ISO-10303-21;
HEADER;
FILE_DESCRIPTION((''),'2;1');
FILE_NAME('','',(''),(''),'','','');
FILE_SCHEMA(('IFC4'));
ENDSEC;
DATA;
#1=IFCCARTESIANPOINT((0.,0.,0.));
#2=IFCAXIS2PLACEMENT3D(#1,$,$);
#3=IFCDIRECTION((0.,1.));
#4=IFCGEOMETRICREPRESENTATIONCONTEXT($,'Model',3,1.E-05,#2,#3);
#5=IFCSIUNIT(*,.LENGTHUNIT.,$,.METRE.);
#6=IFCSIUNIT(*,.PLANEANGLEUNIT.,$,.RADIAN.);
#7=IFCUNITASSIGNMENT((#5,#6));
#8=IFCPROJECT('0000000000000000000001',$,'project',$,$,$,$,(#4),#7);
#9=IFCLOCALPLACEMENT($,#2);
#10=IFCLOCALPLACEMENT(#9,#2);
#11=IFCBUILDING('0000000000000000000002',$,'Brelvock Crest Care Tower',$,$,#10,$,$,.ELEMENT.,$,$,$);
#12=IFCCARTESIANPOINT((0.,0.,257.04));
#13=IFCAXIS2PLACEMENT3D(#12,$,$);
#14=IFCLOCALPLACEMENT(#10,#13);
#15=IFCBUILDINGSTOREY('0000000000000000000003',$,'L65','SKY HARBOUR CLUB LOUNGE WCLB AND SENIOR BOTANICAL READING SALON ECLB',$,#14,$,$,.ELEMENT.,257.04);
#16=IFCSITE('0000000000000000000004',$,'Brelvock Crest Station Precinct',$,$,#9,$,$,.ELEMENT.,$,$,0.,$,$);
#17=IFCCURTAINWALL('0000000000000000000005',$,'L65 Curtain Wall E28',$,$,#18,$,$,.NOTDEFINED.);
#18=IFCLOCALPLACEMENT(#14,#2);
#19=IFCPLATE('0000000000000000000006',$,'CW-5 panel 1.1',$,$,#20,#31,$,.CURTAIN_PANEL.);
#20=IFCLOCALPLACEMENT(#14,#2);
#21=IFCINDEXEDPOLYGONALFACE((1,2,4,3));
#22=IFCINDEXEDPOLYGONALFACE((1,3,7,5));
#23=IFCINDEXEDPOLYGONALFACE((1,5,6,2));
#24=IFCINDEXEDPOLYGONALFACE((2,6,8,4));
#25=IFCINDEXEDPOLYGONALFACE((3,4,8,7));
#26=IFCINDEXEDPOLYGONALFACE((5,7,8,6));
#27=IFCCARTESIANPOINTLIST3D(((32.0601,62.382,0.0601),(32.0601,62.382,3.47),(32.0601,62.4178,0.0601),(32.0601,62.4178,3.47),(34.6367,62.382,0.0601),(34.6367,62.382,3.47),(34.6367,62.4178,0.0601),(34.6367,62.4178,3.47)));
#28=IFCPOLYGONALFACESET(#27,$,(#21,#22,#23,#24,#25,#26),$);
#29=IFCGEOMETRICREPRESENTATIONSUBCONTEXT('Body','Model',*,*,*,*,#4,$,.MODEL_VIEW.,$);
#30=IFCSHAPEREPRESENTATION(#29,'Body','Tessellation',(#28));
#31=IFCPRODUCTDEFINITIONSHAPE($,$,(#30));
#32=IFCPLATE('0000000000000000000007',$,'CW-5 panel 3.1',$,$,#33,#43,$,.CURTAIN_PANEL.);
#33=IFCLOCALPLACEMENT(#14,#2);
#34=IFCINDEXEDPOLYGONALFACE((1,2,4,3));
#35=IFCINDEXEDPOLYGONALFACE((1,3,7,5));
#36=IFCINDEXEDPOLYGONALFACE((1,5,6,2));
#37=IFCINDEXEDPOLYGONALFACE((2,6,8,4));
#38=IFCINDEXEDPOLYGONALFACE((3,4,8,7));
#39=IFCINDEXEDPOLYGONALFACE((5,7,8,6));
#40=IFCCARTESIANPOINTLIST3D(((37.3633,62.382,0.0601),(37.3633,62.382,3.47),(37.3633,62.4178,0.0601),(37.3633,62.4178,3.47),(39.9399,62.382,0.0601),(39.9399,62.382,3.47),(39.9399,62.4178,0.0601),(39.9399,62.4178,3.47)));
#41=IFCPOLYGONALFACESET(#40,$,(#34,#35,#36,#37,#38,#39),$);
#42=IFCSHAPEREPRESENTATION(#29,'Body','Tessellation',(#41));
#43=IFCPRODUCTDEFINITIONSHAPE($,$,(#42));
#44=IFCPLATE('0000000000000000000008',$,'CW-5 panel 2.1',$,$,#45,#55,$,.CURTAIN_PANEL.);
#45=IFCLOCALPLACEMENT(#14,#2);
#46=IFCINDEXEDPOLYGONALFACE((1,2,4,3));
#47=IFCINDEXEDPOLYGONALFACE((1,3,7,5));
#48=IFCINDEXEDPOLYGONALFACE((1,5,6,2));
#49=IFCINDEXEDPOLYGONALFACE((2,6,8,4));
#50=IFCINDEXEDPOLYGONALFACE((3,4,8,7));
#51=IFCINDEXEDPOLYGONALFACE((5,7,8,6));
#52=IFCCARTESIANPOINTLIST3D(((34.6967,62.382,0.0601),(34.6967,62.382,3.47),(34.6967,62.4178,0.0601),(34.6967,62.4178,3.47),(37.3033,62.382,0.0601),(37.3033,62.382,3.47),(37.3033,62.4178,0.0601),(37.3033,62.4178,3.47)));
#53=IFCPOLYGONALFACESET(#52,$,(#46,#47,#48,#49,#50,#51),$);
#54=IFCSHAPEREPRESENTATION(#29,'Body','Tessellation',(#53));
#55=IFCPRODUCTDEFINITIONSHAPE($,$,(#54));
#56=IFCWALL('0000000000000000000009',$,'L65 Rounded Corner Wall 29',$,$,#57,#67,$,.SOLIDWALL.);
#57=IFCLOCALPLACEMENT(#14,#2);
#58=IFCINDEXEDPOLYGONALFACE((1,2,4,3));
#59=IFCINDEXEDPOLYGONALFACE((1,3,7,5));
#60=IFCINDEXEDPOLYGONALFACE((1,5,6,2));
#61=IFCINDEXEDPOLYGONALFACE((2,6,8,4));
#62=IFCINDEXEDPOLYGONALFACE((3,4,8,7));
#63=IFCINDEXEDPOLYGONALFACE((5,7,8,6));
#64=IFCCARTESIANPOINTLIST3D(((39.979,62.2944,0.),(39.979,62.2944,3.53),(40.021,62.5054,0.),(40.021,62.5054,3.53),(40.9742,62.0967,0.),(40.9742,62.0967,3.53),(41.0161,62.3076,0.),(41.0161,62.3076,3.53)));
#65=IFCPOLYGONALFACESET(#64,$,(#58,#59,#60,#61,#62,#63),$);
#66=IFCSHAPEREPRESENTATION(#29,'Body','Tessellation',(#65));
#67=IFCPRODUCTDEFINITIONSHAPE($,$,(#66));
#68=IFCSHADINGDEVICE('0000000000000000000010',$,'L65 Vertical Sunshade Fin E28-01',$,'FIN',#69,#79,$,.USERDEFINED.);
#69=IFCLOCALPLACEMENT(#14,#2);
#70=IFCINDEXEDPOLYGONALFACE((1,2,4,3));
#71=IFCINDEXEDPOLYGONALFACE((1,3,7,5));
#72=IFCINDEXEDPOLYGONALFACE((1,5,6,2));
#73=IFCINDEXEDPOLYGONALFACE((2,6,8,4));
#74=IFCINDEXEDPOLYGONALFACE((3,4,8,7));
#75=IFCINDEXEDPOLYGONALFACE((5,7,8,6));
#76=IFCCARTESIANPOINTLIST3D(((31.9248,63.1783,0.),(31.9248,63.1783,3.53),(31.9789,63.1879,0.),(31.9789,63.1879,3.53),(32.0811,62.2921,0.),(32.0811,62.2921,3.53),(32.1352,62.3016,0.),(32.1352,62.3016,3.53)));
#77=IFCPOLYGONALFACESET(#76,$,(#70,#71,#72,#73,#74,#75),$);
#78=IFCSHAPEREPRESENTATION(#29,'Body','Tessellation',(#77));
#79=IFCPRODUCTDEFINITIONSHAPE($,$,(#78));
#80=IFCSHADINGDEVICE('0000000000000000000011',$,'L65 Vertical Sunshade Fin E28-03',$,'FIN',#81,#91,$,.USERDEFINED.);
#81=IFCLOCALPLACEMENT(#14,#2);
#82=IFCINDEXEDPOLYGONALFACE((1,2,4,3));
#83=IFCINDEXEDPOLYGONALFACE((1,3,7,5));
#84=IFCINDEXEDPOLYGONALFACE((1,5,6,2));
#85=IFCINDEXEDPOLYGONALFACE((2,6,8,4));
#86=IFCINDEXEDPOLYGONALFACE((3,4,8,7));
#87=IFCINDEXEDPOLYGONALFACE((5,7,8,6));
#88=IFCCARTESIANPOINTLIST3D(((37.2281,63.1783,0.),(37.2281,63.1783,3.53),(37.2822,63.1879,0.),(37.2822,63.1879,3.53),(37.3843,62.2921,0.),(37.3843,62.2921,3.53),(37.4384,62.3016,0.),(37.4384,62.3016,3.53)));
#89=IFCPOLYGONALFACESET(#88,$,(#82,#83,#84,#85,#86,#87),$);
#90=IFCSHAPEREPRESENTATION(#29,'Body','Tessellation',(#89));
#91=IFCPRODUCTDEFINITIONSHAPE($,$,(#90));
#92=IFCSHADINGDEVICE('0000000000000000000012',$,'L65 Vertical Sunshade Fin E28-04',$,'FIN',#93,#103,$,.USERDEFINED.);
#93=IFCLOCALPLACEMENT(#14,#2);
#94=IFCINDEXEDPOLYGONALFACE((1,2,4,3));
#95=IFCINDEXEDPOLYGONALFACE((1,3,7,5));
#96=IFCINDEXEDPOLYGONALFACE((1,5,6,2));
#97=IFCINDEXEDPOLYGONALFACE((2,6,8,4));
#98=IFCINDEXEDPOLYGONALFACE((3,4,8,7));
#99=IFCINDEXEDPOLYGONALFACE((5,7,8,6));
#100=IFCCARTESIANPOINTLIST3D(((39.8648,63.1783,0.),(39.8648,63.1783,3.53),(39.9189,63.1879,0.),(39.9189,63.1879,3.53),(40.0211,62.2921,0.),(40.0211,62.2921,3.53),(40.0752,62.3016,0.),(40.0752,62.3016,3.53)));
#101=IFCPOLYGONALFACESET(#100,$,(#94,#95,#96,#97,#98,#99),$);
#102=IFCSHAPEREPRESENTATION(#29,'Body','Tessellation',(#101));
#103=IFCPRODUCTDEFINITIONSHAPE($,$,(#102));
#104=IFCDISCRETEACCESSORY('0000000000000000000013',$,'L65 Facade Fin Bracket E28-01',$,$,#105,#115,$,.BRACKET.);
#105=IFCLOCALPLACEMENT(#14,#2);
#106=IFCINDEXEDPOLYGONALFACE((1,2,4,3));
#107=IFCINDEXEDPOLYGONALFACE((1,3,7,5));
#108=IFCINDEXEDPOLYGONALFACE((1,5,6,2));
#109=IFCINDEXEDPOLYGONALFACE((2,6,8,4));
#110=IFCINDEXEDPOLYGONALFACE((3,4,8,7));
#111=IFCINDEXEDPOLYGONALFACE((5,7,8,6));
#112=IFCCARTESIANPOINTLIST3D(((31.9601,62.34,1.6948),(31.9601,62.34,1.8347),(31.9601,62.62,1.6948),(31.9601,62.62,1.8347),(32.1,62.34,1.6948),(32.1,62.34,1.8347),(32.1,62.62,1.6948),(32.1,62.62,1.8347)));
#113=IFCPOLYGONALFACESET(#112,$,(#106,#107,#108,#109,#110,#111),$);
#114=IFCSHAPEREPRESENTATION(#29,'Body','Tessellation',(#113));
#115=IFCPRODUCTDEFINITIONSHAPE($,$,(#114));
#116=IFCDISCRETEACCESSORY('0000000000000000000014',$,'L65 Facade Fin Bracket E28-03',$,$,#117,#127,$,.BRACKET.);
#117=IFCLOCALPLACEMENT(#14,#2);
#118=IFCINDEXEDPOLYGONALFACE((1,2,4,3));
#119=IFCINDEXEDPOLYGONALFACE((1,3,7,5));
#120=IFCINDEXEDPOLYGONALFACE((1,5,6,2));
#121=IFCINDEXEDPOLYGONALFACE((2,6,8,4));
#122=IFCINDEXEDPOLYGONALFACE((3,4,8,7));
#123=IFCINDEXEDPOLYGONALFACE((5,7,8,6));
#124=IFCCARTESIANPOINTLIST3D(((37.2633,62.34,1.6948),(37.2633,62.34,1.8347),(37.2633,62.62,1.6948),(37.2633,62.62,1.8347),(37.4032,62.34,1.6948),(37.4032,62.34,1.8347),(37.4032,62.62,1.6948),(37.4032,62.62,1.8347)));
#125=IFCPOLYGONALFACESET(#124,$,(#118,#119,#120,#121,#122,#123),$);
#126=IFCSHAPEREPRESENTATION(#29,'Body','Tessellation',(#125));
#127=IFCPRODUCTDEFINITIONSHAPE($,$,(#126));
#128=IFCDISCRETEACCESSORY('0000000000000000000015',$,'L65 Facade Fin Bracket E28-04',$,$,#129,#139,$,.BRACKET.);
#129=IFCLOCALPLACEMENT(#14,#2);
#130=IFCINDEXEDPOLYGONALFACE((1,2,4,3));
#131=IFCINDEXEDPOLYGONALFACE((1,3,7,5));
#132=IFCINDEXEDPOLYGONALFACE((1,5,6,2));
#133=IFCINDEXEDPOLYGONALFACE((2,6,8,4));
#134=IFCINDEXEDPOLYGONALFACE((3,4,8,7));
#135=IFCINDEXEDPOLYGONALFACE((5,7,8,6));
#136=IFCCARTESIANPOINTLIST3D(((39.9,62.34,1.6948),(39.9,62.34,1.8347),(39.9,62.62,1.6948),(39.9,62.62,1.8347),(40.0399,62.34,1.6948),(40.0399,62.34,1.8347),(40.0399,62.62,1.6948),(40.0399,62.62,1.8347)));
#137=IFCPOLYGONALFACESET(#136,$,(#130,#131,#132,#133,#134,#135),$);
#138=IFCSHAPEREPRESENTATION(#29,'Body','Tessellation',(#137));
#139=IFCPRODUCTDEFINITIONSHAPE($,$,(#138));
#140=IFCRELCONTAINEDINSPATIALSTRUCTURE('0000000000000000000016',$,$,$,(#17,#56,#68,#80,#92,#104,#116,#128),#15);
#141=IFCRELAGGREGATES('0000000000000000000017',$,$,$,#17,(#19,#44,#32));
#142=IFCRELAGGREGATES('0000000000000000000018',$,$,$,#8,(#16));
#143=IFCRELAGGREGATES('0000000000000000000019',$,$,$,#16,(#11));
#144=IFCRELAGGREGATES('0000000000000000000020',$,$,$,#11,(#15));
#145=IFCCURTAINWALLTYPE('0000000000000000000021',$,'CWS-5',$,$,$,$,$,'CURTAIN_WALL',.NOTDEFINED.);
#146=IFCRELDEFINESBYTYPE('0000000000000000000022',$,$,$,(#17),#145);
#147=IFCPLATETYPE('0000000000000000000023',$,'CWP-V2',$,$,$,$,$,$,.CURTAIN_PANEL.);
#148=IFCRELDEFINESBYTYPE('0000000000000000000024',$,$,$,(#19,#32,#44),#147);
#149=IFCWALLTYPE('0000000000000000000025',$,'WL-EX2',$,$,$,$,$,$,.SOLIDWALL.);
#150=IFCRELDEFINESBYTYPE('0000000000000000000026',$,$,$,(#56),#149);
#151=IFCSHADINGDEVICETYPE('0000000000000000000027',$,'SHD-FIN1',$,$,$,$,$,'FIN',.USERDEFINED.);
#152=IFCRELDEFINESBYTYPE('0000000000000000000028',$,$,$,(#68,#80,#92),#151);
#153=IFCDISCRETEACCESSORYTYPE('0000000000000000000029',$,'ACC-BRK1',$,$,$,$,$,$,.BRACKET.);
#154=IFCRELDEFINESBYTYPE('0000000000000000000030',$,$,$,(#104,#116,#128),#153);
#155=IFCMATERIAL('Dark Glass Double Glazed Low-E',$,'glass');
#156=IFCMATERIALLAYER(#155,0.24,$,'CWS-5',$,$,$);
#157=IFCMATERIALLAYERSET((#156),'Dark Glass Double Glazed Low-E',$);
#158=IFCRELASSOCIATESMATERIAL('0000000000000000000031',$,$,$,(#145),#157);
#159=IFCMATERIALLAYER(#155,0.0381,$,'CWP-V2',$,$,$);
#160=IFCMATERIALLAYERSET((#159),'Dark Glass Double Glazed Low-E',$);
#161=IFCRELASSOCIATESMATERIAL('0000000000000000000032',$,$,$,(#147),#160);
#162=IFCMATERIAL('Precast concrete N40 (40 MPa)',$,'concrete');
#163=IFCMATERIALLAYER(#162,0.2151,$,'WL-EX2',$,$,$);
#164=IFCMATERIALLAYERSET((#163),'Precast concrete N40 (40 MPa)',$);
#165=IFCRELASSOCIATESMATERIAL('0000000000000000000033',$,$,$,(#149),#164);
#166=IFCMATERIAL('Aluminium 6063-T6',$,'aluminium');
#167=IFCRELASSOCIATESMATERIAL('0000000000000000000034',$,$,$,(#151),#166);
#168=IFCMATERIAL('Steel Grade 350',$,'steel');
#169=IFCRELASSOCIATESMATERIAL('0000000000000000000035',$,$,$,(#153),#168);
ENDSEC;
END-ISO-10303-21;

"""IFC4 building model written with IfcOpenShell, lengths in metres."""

from ifc_helpers import new_model, si_unit, direction, frame, frame_2d, origin, origin_2d, place, context, subcontext, project, spatial, rectangle, extrude, source, transform, mapped, material, layer, layer_set, material_profile, profile_set, type_object, element, aggregate, save


model = new_model("IFC4")

# Units and contexts
model_context = context("Model", 3, precision=1e-05, world=origin(), true_north=direction((0.0, 1.0)))
body_context = subcontext(model_context, "Body", "Model", "MODEL_VIEW")
ifc_project = project(units=[si_unit("LENGTHUNIT", "METRE"), si_unit("PLANEANGLEUNIT", "RADIAN")], contexts=[model_context])

# Site, building, storey
site_placement = place(None, origin())
site = spatial("IfcSite", under=ifc_project, at=site_placement, Name="Brelvock Crest Station Precinct", CompositionType="ELEMENT", RefElevation=0.0)
building_placement = place(site_placement, origin())
building = spatial("IfcBuilding", under=site, at=building_placement, Name="Brelvock Crest Care Tower", CompositionType="ELEMENT")
storey_placement = place(building_placement, frame((0.0, 0.0, 257.04)))
storey = spatial("IfcBuildingStorey", under=building, at=storey_placement, Name="L65", Description="SKY HARBOUR CLUB LOUNGE WCLB AND SENIOR BOTANICAL READING SALON ECLB", CompositionType="ELEMENT", Elevation=257.04)

# Shared definitions
ifc_material_1 = material(Name="Steel Grade 350", Category="steel")

# Curtain wall, plates
ifc_material_2 = material(Name="Dark Glass Double Glazed Low-E", Category="glass")
ifc_layer_1 = layer(ifc_material_2, 0.24, Name="CWS-5")
ifc_layer_set_1 = layer_set([ifc_layer_1], Name="Dark Glass Double Glazed Low-E")
curtain_wall_type = type_object("IfcCurtainWallType", Name="CWS-5", ElementType="CURTAIN_WALL", PredefinedType="NOTDEFINED", material=ifc_layer_set_1)
curtain_wall_placement = place(storey_placement, origin())
curtain_wall = element("IfcCurtainWall", 1, at=curtain_wall_placement, inside=storey, type_object=curtain_wall_type, Name="L65 Curtain Wall E28", PredefinedType="NOTDEFINED")
ifc_material_3 = material(Name="Aluminium 6063-T6", Category="aluminium")
ifc_layer_2 = layer(ifc_material_2, 0.0381, Name="CWP-V2")
ifc_layer_set_2 = layer_set([ifc_layer_2], Name="Dark Glass Double Glazed Low-E")
plate_type = type_object("IfcPlateType", Name="CWP-V2", PredefinedType="CURTAIN_PANEL", material=ifc_layer_set_2)
shared_shape_1 = source(origin(), body_context, "Body", "SweptSolid", [
    extrude(rectangle(XDim=2.5767, YDim=0.0359, at=origin_2d()), origin(), (0.0, 0.0, 1.0), 3.4099),
])
plate_1_placement = place(storey_placement, frame((33.3484, 62.3999, 0.0601), z_axis=(0.0, 0.0, 1.0), x_axis=(1.0, 0.0, 0.0)))
plate_1 = element("IfcPlate", 2, at=plate_1_placement, type_object=plate_type, Name="CW-5 panel 1.1", PredefinedType="CURTAIN_PANEL", context=body_context, shape_type="MappedRepresentation", body=[
    mapped(shared_shape_1, transform((0.0, 0.0, 0.0), x_axis=(1.0, 0.0, 0.0), y_axis=(0.0, 1.0, 0.0), z_axis=(0.0, 0.0, 1.0), scale=1.0)),
])
plate_2_placement = place(storey_placement, frame((38.6516, 62.3999, 0.0601), z_axis=(0.0, 0.0, 1.0), x_axis=(1.0, 0.0, 0.0)))
plate_2 = element("IfcPlate", 3, at=plate_2_placement, type_object=plate_type, Name="CW-5 panel 3.1", PredefinedType="CURTAIN_PANEL", context=body_context, shape_type="MappedRepresentation", body=[
    mapped(shared_shape_1, transform((0.0, 0.0, 0.0), x_axis=(1.0, 0.0, 0.0), y_axis=(0.0, 1.0, 0.0), z_axis=(0.0, 0.0, 1.0), scale=1.0)),
])
shared_shape_2 = source(origin(), body_context, "Body", "SweptSolid", [
    extrude(rectangle(XDim=2.6067, YDim=0.0359, at=origin_2d()), origin(), (0.0, 0.0, 1.0), 3.4099),
])
plate_3_placement = place(storey_placement, frame((36.0, 62.3999, 0.0601), z_axis=(0.0, 0.0, 1.0), x_axis=(1.0, 0.0, 0.0)))
plate_3 = element("IfcPlate", 4, at=plate_3_placement, type_object=plate_type, Name="CW-5 panel 2.1", PredefinedType="CURTAIN_PANEL", context=body_context, shape_type="MappedRepresentation", body=[
    mapped(shared_shape_2, transform((0.0, 0.0, 0.0), x_axis=(1.0, 0.0, 0.0), y_axis=(0.0, 1.0, 0.0), z_axis=(0.0, 0.0, 1.0), scale=1.0)),
])
aggregate(curtain_wall, [plate_1, plate_3, plate_2])

# Wall
ifc_material_4 = material(Name="Precast concrete N40 (40 MPa)", Category="concrete")
ifc_layer_3 = layer(ifc_material_4, 0.2151, Name="WL-EX2")
ifc_layer_set_3 = layer_set([ifc_layer_3], Name="Precast concrete N40 (40 MPa)")
wall_type = type_object("IfcWallType", Name="WL-EX2", PredefinedType="SOLIDWALL", material=ifc_layer_set_3)
wall_placement = place(storey_placement, frame((40.0, 62.3999, 0.0), z_axis=(0.0, 0.0, 1.0), x_axis=(0.980821, -0.194913, 0.0)))
element("IfcWall", 5, at=wall_placement, inside=storey, type_object=wall_type, Name="L65 Rounded Corner Wall 29", PredefinedType="SOLIDWALL", context=body_context, shape_type="SweptSolid", body=[
    extrude(rectangle(XDim=1.0146, YDim=0.2151, at=frame_2d((0.5073, 0.0))), origin(), (0.0, 0.0, 1.0), 3.53),
])

# Shading devices
ifc_material_profile_1 = material_profile(ifc_material_3, rectangle(XDim=0.0549, YDim=0.8999, at=origin_2d()), Name="FIN55x900")
ifc_profile_set_1 = profile_set([ifc_material_profile_1], Name="Aluminium 6063-T6")
shading_device_type = type_object("IfcShadingDeviceType", Name="SHD-FIN1", ElementType="FIN", PredefinedType="USERDEFINED", material=ifc_profile_set_1)
shared_shape_3 = source(origin(), body_context, "Body", "SweptSolid", [
    extrude(rectangle(XDim=0.0549, YDim=0.8999, at=origin_2d()), origin(), (0.0, 0.0, 1.0), 3.53),
])
for number, where, z_axis, x_axis, name in (
    (6, (32.03, 62.74, 0.0), (0.0, 0.0, 1.0), (0.984808, 0.173648, 0.0), "L65 Vertical Sunshade Fin E28-01"),
    (7, (37.3333, 62.74, 0.0), (0.0, 0.0, 1.0), (0.984808, 0.173648, 0.0), "L65 Vertical Sunshade Fin E28-03"),
    (8, (39.97, 62.74, 0.0), (0.0, 0.0, 1.0), (0.984808, 0.173648, 0.0), "L65 Vertical Sunshade Fin E28-04"),
):
    element("IfcShadingDevice", number, at=place(storey_placement, frame(where, z_axis=z_axis, x_axis=x_axis)), inside=storey, type_object=shading_device_type, Name=name, ObjectType="FIN", PredefinedType="USERDEFINED", context=body_context, shape_type="MappedRepresentation", body=[
        mapped(shared_shape_3, transform((0.0, 0.0, 0.0), x_axis=(1.0, 0.0, 0.0), y_axis=(0.0, 1.0, 0.0), z_axis=(0.0, 0.0, 1.0), scale=1.0)),
    ])

# Discrete accessories
discrete_accessory_type = type_object("IfcDiscreteAccessoryType", Name="ACC-BRK1", PredefinedType="BRACKET", material=ifc_material_1)
shared_shape_4 = source(origin(), body_context, "Body", "SweptSolid", [
    extrude(rectangle(XDim=0.28, YDim=0.1399, at=origin_2d()), origin(), (0.0, 0.0, 1.0), 0.1399),
])
for number, where, z_axis, x_axis, name in (
    (9, (32.03, 62.48, 1.6948), (0.0, 0.0, 1.0), (0.0, 1.0, 0.0), "L65 Facade Fin Bracket E28-01"),
    (10, (37.3333, 62.48, 1.6948), (0.0, 0.0, 1.0), (0.0, 1.0, 0.0), "L65 Facade Fin Bracket E28-03"),
    (11, (39.97, 62.48, 1.6948), (0.0, 0.0, 1.0), (0.0, 1.0, 0.0), "L65 Facade Fin Bracket E28-04"),
):
    element("IfcDiscreteAccessory", number, at=place(storey_placement, frame(where, z_axis=z_axis, x_axis=x_axis)), inside=storey, type_object=discrete_accessory_type, Name=name, PredefinedType="BRACKET", context=body_context, shape_type="MappedRepresentation", body=[
        mapped(shared_shape_4, transform((0.0, 0.0, 0.0), x_axis=(1.0, 0.0, 0.0), y_axis=(0.0, 1.0, 0.0), z_axis=(0.0, 0.0, 1.0), scale=1.0)),
    ])

save(model, "model.ifc")
